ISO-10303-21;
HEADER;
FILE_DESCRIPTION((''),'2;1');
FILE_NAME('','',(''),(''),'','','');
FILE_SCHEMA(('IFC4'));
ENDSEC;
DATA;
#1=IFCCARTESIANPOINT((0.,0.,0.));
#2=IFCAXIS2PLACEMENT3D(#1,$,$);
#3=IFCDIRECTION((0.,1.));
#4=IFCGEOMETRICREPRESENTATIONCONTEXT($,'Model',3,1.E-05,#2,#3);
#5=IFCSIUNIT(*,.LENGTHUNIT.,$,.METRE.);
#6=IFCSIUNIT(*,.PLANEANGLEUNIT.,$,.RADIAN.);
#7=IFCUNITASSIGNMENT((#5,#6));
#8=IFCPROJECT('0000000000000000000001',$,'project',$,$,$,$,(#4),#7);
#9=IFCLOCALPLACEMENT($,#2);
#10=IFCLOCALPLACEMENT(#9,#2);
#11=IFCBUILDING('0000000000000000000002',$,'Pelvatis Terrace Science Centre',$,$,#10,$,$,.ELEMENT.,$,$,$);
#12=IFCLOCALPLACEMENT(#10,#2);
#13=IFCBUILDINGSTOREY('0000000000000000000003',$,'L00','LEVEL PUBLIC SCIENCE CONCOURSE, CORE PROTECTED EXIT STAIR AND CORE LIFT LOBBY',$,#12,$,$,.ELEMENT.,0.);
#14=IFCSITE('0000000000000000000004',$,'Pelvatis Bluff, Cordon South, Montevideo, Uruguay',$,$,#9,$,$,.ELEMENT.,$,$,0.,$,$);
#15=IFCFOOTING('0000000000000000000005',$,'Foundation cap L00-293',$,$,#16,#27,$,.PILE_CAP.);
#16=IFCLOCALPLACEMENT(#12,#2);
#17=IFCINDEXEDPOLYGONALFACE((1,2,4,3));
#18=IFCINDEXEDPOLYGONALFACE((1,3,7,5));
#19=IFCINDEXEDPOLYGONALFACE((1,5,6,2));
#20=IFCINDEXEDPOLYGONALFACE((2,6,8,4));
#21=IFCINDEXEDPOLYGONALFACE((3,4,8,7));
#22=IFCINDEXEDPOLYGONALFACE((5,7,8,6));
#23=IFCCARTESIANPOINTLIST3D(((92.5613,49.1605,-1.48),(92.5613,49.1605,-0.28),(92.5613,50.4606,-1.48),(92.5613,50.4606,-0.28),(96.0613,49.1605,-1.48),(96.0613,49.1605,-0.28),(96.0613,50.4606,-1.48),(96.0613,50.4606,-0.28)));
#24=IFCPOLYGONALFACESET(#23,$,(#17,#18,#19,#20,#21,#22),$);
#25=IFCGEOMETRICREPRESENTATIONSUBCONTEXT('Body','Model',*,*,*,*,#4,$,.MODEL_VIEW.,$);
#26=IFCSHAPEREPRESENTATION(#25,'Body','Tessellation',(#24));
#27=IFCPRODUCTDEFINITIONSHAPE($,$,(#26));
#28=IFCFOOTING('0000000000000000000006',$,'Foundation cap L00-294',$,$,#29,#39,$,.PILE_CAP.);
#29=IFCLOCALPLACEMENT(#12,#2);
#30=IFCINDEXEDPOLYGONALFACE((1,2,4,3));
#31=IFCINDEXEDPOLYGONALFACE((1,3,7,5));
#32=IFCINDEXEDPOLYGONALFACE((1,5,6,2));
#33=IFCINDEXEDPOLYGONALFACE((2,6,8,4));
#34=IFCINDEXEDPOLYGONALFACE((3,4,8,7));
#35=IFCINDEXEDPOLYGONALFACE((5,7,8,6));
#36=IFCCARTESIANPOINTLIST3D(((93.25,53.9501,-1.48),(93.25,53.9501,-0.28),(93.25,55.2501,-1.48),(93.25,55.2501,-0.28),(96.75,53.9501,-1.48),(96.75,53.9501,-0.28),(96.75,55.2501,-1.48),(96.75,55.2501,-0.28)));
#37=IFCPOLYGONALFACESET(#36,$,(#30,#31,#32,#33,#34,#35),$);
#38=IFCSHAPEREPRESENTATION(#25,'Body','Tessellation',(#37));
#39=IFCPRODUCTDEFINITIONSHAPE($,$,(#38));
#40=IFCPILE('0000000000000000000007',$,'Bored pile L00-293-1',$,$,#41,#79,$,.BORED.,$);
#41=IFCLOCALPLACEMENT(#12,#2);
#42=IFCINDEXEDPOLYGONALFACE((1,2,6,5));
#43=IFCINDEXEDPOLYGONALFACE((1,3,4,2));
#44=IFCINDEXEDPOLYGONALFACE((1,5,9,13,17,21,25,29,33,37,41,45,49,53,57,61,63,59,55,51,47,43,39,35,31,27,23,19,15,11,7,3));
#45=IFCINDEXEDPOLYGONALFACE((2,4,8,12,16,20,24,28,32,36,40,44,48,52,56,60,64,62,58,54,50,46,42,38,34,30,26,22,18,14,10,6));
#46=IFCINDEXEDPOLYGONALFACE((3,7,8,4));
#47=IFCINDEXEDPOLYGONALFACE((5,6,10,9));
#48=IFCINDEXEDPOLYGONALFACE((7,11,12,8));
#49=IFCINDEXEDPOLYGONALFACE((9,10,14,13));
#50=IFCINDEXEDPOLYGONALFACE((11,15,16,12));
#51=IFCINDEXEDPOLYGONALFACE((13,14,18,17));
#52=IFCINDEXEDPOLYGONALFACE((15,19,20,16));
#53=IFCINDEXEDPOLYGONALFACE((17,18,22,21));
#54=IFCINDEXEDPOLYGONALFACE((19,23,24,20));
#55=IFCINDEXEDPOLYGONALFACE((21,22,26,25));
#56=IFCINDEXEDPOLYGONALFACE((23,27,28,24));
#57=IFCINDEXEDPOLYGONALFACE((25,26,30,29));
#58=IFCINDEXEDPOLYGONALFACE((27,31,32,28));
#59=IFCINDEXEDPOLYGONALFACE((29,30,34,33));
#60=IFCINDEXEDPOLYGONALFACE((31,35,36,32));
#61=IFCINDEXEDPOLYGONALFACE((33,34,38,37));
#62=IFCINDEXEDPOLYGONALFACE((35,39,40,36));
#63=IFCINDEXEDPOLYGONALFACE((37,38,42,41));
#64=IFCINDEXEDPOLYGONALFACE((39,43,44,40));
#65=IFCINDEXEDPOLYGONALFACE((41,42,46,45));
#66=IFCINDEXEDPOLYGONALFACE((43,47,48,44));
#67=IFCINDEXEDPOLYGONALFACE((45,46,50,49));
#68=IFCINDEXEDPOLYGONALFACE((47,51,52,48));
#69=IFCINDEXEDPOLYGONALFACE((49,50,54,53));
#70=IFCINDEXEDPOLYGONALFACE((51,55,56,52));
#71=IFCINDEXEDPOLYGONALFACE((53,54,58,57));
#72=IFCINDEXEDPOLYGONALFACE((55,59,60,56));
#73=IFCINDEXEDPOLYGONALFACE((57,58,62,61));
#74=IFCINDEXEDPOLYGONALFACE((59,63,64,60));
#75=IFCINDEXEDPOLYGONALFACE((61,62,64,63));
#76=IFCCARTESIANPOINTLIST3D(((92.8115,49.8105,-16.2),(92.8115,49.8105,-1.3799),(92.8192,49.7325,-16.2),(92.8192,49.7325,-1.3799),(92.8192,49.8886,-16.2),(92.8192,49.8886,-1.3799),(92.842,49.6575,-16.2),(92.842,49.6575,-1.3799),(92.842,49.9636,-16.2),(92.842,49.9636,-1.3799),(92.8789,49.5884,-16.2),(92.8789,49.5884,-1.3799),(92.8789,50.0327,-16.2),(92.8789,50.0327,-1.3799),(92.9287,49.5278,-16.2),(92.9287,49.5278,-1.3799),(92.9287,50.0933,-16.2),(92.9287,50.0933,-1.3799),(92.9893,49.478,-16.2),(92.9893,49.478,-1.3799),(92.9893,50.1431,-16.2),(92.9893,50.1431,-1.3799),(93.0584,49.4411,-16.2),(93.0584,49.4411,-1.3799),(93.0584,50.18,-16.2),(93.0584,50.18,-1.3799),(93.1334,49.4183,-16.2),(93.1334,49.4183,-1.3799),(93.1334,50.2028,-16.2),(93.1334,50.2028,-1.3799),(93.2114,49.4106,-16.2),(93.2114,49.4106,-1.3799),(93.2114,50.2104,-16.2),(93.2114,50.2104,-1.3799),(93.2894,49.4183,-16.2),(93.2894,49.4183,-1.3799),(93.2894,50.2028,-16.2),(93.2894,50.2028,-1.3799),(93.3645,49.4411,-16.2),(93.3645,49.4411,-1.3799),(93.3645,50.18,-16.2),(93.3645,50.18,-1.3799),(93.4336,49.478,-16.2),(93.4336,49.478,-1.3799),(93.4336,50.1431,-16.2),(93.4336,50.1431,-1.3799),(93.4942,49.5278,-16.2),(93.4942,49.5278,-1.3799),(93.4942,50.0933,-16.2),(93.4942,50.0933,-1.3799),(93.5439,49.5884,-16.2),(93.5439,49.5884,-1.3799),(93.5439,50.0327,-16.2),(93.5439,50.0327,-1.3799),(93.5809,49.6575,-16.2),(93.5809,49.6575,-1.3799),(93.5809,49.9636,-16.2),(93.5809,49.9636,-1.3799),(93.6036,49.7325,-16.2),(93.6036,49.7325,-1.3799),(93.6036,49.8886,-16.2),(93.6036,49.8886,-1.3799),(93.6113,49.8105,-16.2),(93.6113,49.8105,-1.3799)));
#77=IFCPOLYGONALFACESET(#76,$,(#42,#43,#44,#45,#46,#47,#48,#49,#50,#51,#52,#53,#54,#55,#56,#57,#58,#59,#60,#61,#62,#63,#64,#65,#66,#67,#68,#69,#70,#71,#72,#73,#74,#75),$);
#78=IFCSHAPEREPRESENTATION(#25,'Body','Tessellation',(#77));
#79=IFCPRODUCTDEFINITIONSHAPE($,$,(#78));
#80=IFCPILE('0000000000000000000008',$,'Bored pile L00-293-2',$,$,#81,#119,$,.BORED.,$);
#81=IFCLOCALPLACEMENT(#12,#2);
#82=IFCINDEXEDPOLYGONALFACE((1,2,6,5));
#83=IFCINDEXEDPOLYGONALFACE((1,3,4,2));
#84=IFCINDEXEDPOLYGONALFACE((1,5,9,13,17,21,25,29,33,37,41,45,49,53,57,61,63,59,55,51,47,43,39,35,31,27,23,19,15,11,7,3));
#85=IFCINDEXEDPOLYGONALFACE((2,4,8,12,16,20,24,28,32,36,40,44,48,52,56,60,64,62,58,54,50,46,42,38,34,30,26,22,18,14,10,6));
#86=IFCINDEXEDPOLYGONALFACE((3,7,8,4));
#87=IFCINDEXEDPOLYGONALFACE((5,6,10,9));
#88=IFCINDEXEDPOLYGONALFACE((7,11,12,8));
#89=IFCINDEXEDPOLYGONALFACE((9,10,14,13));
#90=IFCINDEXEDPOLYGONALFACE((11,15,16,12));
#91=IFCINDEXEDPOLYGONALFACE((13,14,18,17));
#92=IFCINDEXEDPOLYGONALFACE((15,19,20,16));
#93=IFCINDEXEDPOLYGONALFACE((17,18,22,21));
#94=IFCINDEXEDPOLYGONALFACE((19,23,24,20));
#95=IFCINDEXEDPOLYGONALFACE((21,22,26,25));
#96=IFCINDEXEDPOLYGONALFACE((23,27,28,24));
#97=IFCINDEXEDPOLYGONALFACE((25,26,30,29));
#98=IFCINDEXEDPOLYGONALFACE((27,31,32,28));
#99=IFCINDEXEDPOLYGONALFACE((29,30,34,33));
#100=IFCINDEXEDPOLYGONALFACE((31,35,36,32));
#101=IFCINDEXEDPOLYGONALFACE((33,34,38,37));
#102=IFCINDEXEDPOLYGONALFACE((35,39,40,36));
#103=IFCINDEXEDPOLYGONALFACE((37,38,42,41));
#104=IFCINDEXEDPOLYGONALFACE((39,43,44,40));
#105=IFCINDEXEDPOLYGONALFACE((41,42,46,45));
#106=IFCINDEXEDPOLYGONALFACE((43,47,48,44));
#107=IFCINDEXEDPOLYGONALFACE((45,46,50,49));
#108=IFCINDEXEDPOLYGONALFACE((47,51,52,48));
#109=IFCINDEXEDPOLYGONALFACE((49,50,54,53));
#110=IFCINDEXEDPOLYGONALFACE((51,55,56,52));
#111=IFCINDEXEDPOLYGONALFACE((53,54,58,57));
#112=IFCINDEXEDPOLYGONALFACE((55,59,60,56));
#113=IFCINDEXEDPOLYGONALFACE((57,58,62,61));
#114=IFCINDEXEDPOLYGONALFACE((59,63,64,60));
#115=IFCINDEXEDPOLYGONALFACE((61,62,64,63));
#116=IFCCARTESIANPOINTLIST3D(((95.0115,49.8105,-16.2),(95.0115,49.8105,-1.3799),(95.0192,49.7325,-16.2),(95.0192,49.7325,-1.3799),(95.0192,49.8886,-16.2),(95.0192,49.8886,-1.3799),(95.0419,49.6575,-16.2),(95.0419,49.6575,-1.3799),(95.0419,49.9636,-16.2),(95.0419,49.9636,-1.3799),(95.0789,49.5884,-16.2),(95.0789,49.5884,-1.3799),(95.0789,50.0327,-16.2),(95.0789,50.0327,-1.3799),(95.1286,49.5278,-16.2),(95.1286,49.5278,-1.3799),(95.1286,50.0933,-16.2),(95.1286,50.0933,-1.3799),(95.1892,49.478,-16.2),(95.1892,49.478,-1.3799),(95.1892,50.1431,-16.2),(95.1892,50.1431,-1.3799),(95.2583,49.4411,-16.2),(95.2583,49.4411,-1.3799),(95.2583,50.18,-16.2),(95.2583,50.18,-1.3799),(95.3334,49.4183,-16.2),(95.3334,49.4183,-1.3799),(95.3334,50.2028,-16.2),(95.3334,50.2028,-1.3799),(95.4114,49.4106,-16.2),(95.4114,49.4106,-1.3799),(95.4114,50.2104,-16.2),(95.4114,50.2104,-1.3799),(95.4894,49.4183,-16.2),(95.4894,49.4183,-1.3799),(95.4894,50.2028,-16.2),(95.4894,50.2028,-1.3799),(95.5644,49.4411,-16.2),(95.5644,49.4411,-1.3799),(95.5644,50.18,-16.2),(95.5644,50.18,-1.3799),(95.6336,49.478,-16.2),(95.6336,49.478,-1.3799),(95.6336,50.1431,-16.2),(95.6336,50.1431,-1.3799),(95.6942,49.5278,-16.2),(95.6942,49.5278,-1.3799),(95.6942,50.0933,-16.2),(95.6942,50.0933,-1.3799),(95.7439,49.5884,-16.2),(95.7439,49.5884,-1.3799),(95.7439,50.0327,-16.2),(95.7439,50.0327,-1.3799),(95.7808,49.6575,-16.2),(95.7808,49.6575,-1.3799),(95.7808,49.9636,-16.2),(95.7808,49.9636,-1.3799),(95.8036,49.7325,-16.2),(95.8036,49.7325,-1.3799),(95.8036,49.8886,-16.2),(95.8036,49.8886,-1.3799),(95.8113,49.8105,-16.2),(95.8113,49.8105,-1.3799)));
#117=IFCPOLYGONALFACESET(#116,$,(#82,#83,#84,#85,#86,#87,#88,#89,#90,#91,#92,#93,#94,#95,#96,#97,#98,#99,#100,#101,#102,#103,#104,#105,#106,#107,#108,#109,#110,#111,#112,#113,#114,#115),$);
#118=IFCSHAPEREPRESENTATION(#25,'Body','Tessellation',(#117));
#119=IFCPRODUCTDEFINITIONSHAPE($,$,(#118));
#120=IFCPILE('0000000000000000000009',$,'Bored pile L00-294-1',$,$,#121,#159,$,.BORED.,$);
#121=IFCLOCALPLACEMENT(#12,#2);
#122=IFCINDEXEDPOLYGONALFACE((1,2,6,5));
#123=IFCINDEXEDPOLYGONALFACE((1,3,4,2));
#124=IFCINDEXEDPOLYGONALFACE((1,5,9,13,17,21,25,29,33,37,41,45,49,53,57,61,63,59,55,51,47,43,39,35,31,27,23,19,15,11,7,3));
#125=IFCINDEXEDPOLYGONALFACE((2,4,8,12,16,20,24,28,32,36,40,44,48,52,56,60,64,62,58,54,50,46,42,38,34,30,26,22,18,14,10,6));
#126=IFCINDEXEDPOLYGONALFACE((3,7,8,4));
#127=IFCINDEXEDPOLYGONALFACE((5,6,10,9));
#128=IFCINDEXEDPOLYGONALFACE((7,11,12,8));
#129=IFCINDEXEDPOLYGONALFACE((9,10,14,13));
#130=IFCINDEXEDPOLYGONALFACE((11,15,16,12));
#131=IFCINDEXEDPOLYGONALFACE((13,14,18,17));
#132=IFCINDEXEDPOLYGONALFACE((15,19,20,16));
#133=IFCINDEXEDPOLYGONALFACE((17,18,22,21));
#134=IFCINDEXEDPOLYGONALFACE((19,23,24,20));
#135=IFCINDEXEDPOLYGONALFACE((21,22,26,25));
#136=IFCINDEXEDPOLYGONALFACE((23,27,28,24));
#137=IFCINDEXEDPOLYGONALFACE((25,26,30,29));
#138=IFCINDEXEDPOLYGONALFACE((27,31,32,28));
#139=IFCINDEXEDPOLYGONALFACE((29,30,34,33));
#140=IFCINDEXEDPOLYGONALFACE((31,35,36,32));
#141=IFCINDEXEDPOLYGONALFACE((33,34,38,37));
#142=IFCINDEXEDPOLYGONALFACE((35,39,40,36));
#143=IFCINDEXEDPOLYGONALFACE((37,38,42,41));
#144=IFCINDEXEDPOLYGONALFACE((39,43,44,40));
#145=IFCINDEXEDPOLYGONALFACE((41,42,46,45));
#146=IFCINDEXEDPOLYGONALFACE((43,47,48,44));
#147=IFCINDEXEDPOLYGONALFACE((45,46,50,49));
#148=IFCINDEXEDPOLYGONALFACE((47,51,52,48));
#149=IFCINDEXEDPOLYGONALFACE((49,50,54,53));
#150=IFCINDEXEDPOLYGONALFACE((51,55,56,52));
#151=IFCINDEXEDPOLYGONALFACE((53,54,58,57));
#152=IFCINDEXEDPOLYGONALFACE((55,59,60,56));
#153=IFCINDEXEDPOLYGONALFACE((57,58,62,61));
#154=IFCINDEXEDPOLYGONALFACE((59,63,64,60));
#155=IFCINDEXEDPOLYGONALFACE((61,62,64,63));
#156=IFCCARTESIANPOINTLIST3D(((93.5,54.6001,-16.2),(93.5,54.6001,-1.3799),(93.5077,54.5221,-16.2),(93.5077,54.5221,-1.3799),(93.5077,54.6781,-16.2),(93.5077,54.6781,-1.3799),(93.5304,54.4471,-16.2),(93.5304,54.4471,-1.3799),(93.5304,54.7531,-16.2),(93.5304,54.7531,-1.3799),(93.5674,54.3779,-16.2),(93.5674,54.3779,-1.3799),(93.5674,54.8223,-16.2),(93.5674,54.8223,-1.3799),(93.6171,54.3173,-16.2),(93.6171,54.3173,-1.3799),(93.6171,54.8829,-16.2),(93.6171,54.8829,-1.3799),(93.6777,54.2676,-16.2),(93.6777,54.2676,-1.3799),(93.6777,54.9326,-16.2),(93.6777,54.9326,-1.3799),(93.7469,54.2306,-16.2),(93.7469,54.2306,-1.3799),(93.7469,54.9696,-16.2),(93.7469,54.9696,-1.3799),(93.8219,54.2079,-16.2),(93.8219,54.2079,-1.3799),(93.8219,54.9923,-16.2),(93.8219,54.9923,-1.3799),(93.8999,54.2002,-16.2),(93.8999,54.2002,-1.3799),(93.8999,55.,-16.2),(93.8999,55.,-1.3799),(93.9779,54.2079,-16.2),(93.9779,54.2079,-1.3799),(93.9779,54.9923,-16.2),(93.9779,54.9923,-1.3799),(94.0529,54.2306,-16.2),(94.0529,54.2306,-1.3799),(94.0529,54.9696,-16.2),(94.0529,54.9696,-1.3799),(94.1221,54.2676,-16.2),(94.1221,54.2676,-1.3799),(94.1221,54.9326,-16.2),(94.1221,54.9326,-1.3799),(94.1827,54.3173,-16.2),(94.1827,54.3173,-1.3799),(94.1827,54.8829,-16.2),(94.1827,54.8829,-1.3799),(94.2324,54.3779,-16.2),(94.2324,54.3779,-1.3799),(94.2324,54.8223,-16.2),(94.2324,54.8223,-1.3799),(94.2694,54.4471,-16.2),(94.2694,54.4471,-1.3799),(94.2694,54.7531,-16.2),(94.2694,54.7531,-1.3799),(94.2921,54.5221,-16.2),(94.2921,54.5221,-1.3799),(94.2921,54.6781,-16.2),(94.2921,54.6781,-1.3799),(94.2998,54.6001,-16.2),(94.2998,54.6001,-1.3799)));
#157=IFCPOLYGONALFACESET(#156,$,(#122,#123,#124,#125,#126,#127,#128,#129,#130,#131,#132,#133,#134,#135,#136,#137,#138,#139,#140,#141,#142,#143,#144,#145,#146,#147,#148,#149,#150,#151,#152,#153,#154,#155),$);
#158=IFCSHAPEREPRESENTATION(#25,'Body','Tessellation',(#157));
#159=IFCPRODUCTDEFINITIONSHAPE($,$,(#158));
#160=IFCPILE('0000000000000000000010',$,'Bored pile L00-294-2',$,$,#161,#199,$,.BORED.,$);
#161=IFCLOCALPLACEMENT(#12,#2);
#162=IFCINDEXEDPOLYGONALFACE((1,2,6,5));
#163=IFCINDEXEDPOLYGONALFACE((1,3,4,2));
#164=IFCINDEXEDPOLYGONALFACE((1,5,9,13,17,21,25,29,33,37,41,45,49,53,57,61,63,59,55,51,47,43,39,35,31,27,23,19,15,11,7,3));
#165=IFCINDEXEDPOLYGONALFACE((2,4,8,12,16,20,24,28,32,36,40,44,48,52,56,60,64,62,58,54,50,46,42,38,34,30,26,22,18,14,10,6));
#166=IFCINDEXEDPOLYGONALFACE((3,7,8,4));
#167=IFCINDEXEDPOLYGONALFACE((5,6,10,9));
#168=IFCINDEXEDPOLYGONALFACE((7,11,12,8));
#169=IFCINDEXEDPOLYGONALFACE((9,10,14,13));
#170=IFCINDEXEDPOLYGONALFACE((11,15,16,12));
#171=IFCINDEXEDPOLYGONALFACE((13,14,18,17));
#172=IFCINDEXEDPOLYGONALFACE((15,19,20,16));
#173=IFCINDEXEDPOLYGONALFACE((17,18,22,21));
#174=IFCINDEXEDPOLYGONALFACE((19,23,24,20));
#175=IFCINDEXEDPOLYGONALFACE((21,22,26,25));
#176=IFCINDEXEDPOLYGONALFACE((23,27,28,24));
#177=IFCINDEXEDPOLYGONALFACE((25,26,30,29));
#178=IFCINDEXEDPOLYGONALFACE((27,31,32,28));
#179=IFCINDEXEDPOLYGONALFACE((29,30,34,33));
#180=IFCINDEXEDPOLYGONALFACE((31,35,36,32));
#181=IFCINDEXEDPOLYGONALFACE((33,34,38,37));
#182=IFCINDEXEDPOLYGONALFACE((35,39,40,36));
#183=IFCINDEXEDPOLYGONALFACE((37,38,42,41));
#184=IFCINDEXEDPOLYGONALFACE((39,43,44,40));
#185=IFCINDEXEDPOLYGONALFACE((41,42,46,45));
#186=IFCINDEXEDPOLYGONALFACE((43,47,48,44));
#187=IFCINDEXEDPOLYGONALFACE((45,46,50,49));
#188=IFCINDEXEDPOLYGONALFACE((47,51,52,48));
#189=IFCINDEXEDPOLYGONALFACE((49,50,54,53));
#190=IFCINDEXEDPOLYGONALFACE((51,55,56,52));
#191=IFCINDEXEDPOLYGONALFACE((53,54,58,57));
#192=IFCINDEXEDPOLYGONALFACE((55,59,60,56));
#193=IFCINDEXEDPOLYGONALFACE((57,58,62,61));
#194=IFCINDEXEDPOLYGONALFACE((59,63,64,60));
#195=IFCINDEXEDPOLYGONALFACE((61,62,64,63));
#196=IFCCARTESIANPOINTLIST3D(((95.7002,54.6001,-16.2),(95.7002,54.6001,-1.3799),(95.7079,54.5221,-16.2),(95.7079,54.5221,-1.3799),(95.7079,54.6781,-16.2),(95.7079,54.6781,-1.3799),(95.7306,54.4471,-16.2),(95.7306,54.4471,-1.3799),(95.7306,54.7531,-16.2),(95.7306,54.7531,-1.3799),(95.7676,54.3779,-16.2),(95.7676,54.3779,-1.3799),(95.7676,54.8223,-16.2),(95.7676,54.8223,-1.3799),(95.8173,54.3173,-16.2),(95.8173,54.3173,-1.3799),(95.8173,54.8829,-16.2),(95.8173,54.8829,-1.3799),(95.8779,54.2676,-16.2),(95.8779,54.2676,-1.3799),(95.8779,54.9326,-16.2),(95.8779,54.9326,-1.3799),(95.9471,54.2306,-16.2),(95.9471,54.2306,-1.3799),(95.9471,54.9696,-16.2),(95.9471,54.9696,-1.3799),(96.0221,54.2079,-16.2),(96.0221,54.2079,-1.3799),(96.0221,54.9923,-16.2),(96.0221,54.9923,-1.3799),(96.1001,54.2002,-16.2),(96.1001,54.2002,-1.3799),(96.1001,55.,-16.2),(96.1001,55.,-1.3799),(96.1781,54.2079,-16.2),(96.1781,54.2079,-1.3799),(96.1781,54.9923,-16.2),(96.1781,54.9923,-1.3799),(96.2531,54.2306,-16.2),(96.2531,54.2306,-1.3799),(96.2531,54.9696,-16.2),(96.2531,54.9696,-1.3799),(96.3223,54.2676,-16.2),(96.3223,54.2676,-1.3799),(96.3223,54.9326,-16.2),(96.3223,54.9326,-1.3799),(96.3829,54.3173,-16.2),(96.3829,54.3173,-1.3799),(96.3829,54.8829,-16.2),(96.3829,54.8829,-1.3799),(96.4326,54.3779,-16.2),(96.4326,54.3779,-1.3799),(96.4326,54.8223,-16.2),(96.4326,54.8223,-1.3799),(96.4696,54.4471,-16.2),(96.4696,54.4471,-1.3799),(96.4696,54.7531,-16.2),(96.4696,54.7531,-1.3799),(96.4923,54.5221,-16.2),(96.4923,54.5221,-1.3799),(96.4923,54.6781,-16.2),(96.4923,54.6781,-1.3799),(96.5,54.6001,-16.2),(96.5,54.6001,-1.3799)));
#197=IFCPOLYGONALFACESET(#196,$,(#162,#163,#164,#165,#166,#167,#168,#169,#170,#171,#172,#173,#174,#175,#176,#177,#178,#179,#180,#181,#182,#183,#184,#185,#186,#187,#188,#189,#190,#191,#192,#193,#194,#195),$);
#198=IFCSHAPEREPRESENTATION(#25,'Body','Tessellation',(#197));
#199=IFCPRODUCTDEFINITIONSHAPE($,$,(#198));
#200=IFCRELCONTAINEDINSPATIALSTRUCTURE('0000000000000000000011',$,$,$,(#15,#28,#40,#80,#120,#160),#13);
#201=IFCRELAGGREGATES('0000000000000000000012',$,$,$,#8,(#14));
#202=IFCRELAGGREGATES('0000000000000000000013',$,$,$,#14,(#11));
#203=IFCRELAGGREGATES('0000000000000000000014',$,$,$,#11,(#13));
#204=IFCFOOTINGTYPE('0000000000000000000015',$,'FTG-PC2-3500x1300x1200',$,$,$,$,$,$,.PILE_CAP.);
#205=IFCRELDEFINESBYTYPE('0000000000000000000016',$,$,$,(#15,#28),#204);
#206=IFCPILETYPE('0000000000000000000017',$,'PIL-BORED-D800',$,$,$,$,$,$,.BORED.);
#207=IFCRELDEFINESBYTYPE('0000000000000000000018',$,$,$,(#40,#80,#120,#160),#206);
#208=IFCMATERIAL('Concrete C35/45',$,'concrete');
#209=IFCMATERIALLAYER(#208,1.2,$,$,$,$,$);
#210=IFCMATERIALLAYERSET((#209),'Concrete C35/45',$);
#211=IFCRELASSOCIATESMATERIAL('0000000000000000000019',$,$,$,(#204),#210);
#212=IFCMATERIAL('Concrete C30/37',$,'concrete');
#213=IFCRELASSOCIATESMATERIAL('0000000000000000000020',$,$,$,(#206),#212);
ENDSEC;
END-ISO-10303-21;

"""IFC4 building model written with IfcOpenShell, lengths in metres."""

from ifc_helpers import new_model, si_unit, direction, frame, origin, origin_2d, place, context, subcontext, project, spatial, rectangle, circle, extrude, material, layer, layer_set, material_profile, profile_set, type_object, element, save


model = new_model("IFC4")

# Units and contexts
model_context = context("Model", 3, precision=1e-05, world=origin(), true_north=direction((0.0, 1.0)))
body_context = subcontext(model_context, "Body", "Model", "MODEL_VIEW")
ifc_project = project(units=[si_unit("LENGTHUNIT", "METRE"), si_unit("PLANEANGLEUNIT", "RADIAN")], contexts=[model_context])

# Site, building, storey
site_placement = place(None, origin())
site = spatial("IfcSite", under=ifc_project, at=site_placement, Name="Pelvatis Bluff, Cordon South, Montevideo, Uruguay", CompositionType="ELEMENT", RefElevation=0.0)
building_placement = place(site_placement, origin())
building = spatial("IfcBuilding", under=site, at=building_placement, Name="Pelvatis Terrace Science Centre", CompositionType="ELEMENT")
storey_placement = place(building_placement, origin())
storey = spatial("IfcBuildingStorey", under=building, at=storey_placement, Name="L00", Description="LEVEL PUBLIC SCIENCE CONCOURSE, CORE PROTECTED EXIT STAIR AND CORE LIFT LOBBY", CompositionType="ELEMENT", Elevation=0.0)

# Footings
ifc_material_1 = material(Name="Concrete C35/45", Category="concrete")
ifc_layer_1 = layer(ifc_material_1, 1.2)
ifc_layer_set_1 = layer_set([ifc_layer_1], Name="Concrete C35/45")
footing_type = type_object("IfcFootingType", Name="FTG-PC2-3500x1300x1200", PredefinedType="PILE_CAP", material=ifc_layer_set_1)
for number, where, z_axis, x_axis, name in (
    (1, (94.3113, 49.8105, -1.48), (0.0, 0.0, 1.0), (1.0, 0.0, 0.0), "Foundation cap L00-293"),
    (2, (95.0, 54.6001, -1.48), (0.0, 0.0, 1.0), (1.0, 0.0, 0.0), "Foundation cap L00-294"),
):
    element("IfcFooting", number, at=place(storey_placement, frame(where, z_axis=z_axis, x_axis=x_axis)), inside=storey, type_object=footing_type, Name=name, PredefinedType="PILE_CAP", context=body_context, shape_type="SweptSolid", body=[
        extrude(rectangle(XDim=3.5, YDim=1.3, at=origin_2d()), origin(), (0.0, 0.0, 1.0), 1.2),
    ])

# Piles
ifc_material_2 = material(Name="Concrete C30/37", Category="concrete")
ifc_material_profile_1 = material_profile(ifc_material_2, circle(Radius=0.3999, at=origin_2d()), Name="PILE D800")
ifc_profile_set_1 = profile_set([ifc_material_profile_1], Name="Concrete C30/37")
pile_type = type_object("IfcPileType", Name="PIL-BORED-D800", PredefinedType="BORED", material=ifc_profile_set_1)
for number, where, z_axis, x_axis, name in (
    (3, (93.2114, 49.8105, -1.3799), (0.0, 0.0, -1.0), (1.0, 0.0, 0.0), "Bored pile L00-293-1"),
    (4, (95.4114, 49.8105, -1.3799), (0.0, 0.0, -1.0), (1.0, 0.0, 0.0), "Bored pile L00-293-2"),
    (5, (93.8999, 54.6001, -1.3799), (0.0, 0.0, -1.0), (1.0, 0.0, 0.0), "Bored pile L00-294-1"),
    (6, (96.1001, 54.6001, -1.3799), (0.0, 0.0, -1.0), (1.0, 0.0, 0.0), "Bored pile L00-294-2"),
):
    element("IfcPile", number, at=place(storey_placement, frame(where, z_axis=z_axis, x_axis=x_axis)), inside=storey, type_object=pile_type, Name=name, PredefinedType="BORED", context=body_context, shape_type="SweptSolid", body=[
        extrude(circle(Radius=0.3999, at=origin_2d()), origin(), (0.0, 0.0, 1.0), 14.8201),
    ])

save(model, "model.ifc")
